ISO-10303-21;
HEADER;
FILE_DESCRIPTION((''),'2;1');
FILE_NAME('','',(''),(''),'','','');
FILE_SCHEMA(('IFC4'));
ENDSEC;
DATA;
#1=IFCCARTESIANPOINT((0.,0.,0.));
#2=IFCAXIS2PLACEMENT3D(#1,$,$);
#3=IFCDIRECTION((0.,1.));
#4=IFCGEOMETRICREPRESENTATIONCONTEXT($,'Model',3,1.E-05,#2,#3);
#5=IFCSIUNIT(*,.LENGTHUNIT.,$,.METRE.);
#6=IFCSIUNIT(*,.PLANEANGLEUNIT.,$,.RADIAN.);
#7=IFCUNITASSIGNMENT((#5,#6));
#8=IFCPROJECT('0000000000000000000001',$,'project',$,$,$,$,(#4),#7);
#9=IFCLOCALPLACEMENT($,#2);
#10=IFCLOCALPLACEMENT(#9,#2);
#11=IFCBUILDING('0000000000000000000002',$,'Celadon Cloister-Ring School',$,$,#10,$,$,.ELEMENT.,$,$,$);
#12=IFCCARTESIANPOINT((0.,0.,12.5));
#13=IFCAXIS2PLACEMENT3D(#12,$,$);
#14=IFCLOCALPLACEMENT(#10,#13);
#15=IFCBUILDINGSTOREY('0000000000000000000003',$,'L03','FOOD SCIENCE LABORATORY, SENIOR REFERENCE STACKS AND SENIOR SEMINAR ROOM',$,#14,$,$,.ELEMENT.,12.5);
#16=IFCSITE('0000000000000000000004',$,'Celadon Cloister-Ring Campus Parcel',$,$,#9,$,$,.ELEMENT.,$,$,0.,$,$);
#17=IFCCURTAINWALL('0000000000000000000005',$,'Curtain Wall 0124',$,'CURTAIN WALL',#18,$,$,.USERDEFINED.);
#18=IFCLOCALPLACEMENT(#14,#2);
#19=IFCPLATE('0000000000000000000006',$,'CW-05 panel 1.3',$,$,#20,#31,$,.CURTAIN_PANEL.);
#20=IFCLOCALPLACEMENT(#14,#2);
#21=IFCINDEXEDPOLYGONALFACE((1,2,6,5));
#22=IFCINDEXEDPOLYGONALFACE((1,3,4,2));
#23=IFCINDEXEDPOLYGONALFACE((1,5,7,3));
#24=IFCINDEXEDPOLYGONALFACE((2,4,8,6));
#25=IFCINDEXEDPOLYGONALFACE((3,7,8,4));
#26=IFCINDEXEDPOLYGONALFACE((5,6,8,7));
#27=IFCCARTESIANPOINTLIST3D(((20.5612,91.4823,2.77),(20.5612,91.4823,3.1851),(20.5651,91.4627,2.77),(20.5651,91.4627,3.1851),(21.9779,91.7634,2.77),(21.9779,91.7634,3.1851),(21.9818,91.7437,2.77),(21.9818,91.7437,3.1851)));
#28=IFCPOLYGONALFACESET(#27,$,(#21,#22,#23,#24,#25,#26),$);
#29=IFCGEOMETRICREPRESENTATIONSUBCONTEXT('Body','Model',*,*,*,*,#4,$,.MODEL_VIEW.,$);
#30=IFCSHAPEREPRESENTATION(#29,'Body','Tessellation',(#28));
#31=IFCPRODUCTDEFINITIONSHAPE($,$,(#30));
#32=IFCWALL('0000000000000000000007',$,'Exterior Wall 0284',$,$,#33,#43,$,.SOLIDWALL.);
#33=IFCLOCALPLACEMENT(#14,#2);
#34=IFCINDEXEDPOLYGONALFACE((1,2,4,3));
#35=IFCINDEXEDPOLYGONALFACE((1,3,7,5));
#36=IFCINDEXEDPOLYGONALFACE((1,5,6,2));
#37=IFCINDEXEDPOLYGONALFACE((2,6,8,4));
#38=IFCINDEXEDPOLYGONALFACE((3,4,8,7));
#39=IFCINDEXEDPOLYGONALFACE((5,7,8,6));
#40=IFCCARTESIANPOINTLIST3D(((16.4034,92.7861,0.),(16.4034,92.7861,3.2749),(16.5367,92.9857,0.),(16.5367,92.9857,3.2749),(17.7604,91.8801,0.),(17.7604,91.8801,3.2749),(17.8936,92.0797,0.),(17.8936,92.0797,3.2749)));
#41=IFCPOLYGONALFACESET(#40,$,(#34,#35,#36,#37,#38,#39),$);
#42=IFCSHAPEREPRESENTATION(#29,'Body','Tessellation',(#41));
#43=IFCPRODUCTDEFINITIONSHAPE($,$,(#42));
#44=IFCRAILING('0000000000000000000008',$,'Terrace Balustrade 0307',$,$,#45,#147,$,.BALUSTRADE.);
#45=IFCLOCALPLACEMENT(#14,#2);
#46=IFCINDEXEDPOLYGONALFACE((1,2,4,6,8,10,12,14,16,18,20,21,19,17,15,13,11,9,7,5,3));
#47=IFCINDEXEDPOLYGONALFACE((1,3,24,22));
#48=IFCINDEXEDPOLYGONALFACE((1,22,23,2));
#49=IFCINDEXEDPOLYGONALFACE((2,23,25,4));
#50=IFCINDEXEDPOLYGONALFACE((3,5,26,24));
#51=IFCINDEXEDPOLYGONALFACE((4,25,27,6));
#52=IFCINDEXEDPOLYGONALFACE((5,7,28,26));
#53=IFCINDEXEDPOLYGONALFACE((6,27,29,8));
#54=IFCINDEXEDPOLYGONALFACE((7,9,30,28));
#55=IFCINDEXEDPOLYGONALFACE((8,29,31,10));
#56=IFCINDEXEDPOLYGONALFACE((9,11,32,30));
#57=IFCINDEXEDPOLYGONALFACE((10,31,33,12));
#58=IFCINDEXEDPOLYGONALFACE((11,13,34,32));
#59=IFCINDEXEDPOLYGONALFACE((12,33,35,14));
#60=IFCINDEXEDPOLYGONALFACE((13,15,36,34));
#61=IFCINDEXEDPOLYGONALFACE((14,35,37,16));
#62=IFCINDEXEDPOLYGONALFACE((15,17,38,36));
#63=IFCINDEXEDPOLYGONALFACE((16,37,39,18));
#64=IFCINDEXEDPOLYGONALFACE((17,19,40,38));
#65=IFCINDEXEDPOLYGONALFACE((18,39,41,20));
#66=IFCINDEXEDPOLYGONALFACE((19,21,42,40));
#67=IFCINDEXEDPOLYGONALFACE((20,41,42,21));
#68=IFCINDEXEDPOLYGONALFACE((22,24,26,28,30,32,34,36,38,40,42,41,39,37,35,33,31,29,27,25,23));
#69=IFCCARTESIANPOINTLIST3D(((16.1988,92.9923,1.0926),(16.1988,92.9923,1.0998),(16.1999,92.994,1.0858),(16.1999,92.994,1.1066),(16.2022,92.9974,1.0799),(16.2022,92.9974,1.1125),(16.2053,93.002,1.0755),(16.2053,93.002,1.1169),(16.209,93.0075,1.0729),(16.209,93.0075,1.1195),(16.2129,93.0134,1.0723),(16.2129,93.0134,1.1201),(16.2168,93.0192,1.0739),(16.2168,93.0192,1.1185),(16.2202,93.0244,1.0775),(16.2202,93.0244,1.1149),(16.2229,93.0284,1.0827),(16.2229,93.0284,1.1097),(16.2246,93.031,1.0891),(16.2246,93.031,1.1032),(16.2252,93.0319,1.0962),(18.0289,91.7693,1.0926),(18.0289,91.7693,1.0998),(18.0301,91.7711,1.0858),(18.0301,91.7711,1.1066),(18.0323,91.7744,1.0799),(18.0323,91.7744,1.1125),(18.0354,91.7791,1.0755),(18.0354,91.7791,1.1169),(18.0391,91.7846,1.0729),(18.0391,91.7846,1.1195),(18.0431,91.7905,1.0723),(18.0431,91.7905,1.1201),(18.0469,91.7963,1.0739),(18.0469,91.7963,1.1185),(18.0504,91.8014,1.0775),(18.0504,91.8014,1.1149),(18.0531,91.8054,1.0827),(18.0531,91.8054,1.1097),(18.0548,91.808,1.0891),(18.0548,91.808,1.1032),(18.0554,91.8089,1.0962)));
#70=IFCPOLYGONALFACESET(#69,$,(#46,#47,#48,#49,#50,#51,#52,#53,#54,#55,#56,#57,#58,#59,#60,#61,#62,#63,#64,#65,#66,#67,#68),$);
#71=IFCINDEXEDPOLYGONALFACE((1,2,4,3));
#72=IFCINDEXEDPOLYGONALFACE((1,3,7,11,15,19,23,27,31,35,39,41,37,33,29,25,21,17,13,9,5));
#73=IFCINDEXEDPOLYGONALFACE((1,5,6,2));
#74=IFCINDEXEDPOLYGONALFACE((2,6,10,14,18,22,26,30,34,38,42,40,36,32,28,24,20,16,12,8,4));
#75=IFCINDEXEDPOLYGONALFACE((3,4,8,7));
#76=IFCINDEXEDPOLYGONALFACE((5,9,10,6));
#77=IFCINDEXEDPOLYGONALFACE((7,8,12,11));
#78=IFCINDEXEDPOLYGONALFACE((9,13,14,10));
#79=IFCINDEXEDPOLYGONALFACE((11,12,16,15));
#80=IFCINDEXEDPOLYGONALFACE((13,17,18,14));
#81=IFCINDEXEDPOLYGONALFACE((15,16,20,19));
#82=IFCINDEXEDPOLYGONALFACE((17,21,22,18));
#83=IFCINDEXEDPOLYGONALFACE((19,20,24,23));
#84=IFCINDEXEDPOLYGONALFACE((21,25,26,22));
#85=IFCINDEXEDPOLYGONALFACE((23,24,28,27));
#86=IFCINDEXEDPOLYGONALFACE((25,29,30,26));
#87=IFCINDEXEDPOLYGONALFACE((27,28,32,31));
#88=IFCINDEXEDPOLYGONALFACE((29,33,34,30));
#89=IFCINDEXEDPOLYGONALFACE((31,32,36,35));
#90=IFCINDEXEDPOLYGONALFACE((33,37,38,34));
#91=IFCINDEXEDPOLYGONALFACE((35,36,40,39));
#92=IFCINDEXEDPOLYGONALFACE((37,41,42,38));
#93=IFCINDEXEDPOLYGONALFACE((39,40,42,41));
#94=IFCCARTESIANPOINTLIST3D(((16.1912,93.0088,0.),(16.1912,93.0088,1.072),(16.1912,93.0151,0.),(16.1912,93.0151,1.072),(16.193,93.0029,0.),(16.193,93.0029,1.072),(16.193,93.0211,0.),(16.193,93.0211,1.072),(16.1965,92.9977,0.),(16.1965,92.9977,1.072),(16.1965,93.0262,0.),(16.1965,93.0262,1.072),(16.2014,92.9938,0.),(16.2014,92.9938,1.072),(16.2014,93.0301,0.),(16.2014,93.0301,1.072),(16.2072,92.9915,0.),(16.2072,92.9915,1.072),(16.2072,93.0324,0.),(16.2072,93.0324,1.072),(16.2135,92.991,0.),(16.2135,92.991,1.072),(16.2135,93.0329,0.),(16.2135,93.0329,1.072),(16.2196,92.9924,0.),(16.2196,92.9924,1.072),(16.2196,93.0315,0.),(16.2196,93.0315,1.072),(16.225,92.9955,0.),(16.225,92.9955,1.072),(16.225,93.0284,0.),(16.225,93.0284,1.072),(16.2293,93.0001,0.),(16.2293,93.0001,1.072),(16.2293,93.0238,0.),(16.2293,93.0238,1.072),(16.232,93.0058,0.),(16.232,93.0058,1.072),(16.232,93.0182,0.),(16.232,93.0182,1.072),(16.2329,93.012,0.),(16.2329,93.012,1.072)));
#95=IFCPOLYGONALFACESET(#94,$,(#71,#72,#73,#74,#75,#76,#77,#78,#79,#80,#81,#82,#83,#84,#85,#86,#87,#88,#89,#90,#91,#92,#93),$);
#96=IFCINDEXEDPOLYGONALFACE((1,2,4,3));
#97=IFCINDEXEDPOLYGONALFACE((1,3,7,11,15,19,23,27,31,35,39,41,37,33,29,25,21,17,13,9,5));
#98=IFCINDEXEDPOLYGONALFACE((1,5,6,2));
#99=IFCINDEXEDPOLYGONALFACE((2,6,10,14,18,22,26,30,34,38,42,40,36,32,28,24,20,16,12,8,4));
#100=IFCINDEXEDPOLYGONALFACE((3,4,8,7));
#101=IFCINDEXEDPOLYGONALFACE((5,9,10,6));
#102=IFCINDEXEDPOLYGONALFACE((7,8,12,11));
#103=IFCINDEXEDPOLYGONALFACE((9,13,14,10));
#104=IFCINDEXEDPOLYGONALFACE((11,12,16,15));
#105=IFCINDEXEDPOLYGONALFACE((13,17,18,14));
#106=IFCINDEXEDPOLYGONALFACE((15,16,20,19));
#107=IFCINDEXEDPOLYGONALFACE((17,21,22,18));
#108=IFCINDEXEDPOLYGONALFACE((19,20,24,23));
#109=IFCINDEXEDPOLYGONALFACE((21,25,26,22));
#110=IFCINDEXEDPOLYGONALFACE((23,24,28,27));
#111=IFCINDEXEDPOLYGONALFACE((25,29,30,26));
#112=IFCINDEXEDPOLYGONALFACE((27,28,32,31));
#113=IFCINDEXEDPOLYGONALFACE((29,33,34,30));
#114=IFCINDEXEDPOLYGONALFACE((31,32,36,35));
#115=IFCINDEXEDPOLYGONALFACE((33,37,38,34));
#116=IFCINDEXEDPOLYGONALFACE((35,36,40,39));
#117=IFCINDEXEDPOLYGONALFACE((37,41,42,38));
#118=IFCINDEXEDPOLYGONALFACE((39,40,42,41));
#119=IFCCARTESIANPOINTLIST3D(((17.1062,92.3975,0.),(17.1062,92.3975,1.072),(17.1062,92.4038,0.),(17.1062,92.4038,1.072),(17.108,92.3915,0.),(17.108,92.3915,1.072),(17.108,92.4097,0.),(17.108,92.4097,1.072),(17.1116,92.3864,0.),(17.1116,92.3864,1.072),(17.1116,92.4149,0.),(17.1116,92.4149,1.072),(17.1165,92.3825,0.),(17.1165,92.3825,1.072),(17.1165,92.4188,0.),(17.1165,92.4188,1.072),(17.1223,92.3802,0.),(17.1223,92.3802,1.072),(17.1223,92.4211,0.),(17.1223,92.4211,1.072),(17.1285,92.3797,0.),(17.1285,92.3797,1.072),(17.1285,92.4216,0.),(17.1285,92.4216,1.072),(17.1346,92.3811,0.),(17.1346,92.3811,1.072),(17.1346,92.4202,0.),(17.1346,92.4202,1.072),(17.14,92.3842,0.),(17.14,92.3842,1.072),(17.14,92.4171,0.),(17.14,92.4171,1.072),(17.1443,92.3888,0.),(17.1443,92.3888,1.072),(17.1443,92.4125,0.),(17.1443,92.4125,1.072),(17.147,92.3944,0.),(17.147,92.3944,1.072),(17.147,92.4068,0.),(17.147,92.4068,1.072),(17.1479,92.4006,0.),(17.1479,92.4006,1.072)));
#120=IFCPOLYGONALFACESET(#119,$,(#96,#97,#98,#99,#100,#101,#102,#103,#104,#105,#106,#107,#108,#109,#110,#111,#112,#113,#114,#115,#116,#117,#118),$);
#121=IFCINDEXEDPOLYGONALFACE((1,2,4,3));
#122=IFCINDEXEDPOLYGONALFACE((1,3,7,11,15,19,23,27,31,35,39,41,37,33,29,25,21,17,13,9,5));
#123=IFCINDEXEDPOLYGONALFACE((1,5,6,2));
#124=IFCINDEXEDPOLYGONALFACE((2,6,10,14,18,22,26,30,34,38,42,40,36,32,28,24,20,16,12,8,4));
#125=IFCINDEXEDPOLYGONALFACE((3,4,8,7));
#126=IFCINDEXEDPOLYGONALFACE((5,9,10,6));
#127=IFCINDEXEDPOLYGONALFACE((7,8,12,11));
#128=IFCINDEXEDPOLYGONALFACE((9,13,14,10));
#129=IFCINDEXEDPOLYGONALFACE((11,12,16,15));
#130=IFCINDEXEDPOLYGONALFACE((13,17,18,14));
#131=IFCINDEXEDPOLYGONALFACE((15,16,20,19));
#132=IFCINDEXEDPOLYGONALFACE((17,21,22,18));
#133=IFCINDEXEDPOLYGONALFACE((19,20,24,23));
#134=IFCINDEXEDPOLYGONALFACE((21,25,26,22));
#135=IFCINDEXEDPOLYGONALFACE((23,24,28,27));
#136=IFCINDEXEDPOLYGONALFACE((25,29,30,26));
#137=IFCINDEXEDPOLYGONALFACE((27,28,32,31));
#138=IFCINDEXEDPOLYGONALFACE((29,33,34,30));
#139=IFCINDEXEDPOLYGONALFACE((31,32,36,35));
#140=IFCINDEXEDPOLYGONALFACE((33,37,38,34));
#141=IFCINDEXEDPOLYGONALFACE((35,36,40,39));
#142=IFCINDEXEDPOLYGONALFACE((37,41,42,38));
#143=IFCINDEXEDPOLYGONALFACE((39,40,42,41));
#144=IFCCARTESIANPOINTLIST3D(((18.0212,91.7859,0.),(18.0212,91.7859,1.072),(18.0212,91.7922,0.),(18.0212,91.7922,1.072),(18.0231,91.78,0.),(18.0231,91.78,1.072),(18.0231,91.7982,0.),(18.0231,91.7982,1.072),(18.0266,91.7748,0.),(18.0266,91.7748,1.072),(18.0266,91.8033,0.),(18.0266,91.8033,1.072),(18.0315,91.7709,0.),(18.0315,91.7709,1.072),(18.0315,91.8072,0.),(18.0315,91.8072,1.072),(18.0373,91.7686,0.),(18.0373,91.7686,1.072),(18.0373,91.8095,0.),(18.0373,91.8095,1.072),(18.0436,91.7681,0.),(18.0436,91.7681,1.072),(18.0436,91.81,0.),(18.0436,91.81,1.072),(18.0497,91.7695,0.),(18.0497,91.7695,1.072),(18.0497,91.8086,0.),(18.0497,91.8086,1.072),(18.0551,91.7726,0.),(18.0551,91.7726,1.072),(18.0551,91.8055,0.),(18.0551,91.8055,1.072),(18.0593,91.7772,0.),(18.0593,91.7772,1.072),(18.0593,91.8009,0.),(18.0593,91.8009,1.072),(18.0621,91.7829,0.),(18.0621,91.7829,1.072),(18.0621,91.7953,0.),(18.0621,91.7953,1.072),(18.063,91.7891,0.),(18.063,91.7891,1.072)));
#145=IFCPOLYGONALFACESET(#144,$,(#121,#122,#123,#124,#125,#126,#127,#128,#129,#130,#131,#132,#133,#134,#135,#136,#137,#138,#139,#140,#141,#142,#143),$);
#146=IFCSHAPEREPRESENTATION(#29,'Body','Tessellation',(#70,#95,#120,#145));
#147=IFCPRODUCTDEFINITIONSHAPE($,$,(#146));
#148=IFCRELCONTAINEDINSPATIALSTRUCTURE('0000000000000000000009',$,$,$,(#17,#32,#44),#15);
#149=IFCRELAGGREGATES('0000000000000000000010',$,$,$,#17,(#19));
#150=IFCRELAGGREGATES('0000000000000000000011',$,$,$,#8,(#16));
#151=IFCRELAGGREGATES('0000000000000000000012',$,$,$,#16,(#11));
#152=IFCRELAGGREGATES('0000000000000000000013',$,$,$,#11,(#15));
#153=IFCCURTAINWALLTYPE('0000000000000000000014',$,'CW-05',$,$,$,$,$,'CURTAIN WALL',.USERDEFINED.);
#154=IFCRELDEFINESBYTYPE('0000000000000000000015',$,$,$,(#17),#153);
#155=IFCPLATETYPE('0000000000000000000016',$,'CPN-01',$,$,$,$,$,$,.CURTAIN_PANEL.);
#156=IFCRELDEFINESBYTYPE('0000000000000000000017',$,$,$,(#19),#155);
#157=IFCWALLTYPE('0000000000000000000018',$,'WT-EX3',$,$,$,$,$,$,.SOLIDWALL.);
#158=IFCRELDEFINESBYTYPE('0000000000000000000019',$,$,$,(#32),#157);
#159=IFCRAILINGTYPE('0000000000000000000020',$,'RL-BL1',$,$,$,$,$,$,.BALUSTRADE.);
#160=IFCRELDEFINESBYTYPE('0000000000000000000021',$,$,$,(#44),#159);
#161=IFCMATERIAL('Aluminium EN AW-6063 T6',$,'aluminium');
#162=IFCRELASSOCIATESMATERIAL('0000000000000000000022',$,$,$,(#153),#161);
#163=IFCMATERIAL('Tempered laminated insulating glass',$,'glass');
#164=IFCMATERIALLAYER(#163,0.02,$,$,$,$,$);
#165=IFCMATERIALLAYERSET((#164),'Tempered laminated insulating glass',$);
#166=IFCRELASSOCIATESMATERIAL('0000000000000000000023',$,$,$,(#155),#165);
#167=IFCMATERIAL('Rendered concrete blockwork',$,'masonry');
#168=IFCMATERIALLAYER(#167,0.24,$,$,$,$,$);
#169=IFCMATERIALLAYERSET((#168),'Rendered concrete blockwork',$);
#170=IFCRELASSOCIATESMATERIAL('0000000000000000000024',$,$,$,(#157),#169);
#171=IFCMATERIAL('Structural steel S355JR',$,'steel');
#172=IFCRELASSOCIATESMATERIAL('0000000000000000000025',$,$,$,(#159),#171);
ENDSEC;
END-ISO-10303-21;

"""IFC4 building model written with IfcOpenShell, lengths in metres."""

from ifc_helpers import new_model, si_unit, direction, frame, frame_2d, origin, origin_2d, place, context, subcontext, project, spatial, rectangle, circle, extrude, material, layer, layer_set, type_object, element, aggregate, save


model = new_model("IFC4")

# Units and contexts
model_context = context("Model", 3, precision=1e-05, world=origin(), true_north=direction((0.0, 1.0)))
body_context = subcontext(model_context, "Body", "Model", "MODEL_VIEW")
ifc_project = project(units=[si_unit("LENGTHUNIT", "METRE"), si_unit("PLANEANGLEUNIT", "RADIAN")], contexts=[model_context])

# Site, building, storey
site_placement = place(None, origin())
site = spatial("IfcSite", under=ifc_project, at=site_placement, Name="Celadon Cloister-Ring Campus Parcel", CompositionType="ELEMENT", RefElevation=0.0)
building_placement = place(site_placement, origin())
building = spatial("IfcBuilding", under=site, at=building_placement, Name="Celadon Cloister-Ring School", CompositionType="ELEMENT")
storey_placement = place(building_placement, frame((0.0, 0.0, 12.5)))
storey = spatial("IfcBuildingStorey", under=building, at=storey_placement, Name="L03", Description="FOOD SCIENCE LABORATORY, SENIOR REFERENCE STACKS AND SENIOR SEMINAR ROOM", CompositionType="ELEMENT", Elevation=12.5)

# Shared definitions
ifc_material_1 = material(Name="Aluminium EN AW-6063 T6", Category="aluminium")
curtain_wall_type = type_object("IfcCurtainWallType", Name="CW-05", ElementType="CURTAIN WALL", PredefinedType="USERDEFINED", material=ifc_material_1)

# Shared definitions
ifc_material_2 = material(Name="Tempered laminated insulating glass", Category="glass")
ifc_layer_1 = layer(ifc_material_2, 0.02)
ifc_layer_set_1 = layer_set([ifc_layer_1], Name="Tempered laminated insulating glass")
plate_type = type_object("IfcPlateType", Name="CPN-01", PredefinedType="CURTAIN_PANEL", material=ifc_layer_set_1)

# Curtain wall, plate
curtain_wall_1_placement = place(storey_placement, origin())
curtain_wall_1 = element("IfcCurtainWall", 1, at=curtain_wall_1_placement, inside=storey, type_object=curtain_wall_type, Name="Curtain Wall 0124", ObjectType="CURTAIN WALL", PredefinedType="USERDEFINED")
plate_1_placement = place(storey_placement, frame((21.2715, 91.613, 2.77), z_axis=(0.0, 0.0, 1.0), x_axis=(0.980885, 0.194586, 0.0)))
plate_1 = element("IfcPlate", 2, at=plate_1_placement, type_object=plate_type, Name="CW-05 panel 1.3", PredefinedType="CURTAIN_PANEL", context=body_context, shape_type="SweptSolid", body=[
    extrude(rectangle(XDim=1.4443, YDim=0.02, at=origin_2d()), origin(), (0.0, 0.0, 1.0), 0.415),
])
aggregate(curtain_wall_1, [plate_1])

# Wall
ifc_material_3 = material(Name="Rendered concrete blockwork", Category="masonry")
ifc_layer_2 = layer(ifc_material_3, 0.24)
ifc_layer_set_2 = layer_set([ifc_layer_2], Name="Rendered concrete blockwork")
wall_type = type_object("IfcWallType", Name="WT-EX3", PredefinedType="SOLIDWALL", material=ifc_layer_set_2)
wall_placement = place(storey_placement, frame((16.47, 92.886, 0.0), z_axis=(0.0, 0.0, 1.0), x_axis=(0.831659, -0.555287, 0.0)))
element("IfcWall", 3, at=wall_placement, inside=storey, type_object=wall_type, Name="Exterior Wall 0284", PredefinedType="SOLIDWALL", context=body_context, shape_type="SweptSolid", body=[
    extrude(rectangle(XDim=1.6316, YDim=0.24, at=frame_2d((0.8159, 0.0))), origin(), (0.0, 0.0, 1.0), 3.2749),
])

# Railing
ifc_material_4 = material(Name="Structural steel S355JR", Category="steel")
railing_type = type_object("IfcRailingType", Name="RL-BL1", PredefinedType="BALUSTRADE", material=ifc_material_4)
railing_1_placement = place(storey_placement, frame((16.2119, 93.012, 0.0)))
element("IfcRailing", 4, at=railing_1_placement, inside=storey, type_object=railing_type, Name="Terrace Balustrade 0307", PredefinedType="BALUSTRADE", context=body_context, shape_type="SweptSolid", body=[
    extrude(circle(Radius=0.0239, at=origin_2d()), frame((0.0, 0.0, 1.0962), z_axis=(0.831453, -0.555596, 0.0), x_axis=(0.555596, 0.831453, 0.0)), (0.0, 0.0, 1.0), 2.2012),
    extrude(circle(Radius=0.021, at=origin_2d()), origin(), (0.0, 0.0, 1.0), 1.072),
    extrude(circle(Radius=0.021, at=origin_2d()), frame((0.915, -0.6113, 0.0)), (0.0, 0.0, 1.0), 1.072),
    extrude(circle(Radius=0.021, at=origin_2d()), frame((1.8301, -1.2229, 0.0)), (0.0, 0.0, 1.0), 1.072),
])

save(model, "model.ifc")
